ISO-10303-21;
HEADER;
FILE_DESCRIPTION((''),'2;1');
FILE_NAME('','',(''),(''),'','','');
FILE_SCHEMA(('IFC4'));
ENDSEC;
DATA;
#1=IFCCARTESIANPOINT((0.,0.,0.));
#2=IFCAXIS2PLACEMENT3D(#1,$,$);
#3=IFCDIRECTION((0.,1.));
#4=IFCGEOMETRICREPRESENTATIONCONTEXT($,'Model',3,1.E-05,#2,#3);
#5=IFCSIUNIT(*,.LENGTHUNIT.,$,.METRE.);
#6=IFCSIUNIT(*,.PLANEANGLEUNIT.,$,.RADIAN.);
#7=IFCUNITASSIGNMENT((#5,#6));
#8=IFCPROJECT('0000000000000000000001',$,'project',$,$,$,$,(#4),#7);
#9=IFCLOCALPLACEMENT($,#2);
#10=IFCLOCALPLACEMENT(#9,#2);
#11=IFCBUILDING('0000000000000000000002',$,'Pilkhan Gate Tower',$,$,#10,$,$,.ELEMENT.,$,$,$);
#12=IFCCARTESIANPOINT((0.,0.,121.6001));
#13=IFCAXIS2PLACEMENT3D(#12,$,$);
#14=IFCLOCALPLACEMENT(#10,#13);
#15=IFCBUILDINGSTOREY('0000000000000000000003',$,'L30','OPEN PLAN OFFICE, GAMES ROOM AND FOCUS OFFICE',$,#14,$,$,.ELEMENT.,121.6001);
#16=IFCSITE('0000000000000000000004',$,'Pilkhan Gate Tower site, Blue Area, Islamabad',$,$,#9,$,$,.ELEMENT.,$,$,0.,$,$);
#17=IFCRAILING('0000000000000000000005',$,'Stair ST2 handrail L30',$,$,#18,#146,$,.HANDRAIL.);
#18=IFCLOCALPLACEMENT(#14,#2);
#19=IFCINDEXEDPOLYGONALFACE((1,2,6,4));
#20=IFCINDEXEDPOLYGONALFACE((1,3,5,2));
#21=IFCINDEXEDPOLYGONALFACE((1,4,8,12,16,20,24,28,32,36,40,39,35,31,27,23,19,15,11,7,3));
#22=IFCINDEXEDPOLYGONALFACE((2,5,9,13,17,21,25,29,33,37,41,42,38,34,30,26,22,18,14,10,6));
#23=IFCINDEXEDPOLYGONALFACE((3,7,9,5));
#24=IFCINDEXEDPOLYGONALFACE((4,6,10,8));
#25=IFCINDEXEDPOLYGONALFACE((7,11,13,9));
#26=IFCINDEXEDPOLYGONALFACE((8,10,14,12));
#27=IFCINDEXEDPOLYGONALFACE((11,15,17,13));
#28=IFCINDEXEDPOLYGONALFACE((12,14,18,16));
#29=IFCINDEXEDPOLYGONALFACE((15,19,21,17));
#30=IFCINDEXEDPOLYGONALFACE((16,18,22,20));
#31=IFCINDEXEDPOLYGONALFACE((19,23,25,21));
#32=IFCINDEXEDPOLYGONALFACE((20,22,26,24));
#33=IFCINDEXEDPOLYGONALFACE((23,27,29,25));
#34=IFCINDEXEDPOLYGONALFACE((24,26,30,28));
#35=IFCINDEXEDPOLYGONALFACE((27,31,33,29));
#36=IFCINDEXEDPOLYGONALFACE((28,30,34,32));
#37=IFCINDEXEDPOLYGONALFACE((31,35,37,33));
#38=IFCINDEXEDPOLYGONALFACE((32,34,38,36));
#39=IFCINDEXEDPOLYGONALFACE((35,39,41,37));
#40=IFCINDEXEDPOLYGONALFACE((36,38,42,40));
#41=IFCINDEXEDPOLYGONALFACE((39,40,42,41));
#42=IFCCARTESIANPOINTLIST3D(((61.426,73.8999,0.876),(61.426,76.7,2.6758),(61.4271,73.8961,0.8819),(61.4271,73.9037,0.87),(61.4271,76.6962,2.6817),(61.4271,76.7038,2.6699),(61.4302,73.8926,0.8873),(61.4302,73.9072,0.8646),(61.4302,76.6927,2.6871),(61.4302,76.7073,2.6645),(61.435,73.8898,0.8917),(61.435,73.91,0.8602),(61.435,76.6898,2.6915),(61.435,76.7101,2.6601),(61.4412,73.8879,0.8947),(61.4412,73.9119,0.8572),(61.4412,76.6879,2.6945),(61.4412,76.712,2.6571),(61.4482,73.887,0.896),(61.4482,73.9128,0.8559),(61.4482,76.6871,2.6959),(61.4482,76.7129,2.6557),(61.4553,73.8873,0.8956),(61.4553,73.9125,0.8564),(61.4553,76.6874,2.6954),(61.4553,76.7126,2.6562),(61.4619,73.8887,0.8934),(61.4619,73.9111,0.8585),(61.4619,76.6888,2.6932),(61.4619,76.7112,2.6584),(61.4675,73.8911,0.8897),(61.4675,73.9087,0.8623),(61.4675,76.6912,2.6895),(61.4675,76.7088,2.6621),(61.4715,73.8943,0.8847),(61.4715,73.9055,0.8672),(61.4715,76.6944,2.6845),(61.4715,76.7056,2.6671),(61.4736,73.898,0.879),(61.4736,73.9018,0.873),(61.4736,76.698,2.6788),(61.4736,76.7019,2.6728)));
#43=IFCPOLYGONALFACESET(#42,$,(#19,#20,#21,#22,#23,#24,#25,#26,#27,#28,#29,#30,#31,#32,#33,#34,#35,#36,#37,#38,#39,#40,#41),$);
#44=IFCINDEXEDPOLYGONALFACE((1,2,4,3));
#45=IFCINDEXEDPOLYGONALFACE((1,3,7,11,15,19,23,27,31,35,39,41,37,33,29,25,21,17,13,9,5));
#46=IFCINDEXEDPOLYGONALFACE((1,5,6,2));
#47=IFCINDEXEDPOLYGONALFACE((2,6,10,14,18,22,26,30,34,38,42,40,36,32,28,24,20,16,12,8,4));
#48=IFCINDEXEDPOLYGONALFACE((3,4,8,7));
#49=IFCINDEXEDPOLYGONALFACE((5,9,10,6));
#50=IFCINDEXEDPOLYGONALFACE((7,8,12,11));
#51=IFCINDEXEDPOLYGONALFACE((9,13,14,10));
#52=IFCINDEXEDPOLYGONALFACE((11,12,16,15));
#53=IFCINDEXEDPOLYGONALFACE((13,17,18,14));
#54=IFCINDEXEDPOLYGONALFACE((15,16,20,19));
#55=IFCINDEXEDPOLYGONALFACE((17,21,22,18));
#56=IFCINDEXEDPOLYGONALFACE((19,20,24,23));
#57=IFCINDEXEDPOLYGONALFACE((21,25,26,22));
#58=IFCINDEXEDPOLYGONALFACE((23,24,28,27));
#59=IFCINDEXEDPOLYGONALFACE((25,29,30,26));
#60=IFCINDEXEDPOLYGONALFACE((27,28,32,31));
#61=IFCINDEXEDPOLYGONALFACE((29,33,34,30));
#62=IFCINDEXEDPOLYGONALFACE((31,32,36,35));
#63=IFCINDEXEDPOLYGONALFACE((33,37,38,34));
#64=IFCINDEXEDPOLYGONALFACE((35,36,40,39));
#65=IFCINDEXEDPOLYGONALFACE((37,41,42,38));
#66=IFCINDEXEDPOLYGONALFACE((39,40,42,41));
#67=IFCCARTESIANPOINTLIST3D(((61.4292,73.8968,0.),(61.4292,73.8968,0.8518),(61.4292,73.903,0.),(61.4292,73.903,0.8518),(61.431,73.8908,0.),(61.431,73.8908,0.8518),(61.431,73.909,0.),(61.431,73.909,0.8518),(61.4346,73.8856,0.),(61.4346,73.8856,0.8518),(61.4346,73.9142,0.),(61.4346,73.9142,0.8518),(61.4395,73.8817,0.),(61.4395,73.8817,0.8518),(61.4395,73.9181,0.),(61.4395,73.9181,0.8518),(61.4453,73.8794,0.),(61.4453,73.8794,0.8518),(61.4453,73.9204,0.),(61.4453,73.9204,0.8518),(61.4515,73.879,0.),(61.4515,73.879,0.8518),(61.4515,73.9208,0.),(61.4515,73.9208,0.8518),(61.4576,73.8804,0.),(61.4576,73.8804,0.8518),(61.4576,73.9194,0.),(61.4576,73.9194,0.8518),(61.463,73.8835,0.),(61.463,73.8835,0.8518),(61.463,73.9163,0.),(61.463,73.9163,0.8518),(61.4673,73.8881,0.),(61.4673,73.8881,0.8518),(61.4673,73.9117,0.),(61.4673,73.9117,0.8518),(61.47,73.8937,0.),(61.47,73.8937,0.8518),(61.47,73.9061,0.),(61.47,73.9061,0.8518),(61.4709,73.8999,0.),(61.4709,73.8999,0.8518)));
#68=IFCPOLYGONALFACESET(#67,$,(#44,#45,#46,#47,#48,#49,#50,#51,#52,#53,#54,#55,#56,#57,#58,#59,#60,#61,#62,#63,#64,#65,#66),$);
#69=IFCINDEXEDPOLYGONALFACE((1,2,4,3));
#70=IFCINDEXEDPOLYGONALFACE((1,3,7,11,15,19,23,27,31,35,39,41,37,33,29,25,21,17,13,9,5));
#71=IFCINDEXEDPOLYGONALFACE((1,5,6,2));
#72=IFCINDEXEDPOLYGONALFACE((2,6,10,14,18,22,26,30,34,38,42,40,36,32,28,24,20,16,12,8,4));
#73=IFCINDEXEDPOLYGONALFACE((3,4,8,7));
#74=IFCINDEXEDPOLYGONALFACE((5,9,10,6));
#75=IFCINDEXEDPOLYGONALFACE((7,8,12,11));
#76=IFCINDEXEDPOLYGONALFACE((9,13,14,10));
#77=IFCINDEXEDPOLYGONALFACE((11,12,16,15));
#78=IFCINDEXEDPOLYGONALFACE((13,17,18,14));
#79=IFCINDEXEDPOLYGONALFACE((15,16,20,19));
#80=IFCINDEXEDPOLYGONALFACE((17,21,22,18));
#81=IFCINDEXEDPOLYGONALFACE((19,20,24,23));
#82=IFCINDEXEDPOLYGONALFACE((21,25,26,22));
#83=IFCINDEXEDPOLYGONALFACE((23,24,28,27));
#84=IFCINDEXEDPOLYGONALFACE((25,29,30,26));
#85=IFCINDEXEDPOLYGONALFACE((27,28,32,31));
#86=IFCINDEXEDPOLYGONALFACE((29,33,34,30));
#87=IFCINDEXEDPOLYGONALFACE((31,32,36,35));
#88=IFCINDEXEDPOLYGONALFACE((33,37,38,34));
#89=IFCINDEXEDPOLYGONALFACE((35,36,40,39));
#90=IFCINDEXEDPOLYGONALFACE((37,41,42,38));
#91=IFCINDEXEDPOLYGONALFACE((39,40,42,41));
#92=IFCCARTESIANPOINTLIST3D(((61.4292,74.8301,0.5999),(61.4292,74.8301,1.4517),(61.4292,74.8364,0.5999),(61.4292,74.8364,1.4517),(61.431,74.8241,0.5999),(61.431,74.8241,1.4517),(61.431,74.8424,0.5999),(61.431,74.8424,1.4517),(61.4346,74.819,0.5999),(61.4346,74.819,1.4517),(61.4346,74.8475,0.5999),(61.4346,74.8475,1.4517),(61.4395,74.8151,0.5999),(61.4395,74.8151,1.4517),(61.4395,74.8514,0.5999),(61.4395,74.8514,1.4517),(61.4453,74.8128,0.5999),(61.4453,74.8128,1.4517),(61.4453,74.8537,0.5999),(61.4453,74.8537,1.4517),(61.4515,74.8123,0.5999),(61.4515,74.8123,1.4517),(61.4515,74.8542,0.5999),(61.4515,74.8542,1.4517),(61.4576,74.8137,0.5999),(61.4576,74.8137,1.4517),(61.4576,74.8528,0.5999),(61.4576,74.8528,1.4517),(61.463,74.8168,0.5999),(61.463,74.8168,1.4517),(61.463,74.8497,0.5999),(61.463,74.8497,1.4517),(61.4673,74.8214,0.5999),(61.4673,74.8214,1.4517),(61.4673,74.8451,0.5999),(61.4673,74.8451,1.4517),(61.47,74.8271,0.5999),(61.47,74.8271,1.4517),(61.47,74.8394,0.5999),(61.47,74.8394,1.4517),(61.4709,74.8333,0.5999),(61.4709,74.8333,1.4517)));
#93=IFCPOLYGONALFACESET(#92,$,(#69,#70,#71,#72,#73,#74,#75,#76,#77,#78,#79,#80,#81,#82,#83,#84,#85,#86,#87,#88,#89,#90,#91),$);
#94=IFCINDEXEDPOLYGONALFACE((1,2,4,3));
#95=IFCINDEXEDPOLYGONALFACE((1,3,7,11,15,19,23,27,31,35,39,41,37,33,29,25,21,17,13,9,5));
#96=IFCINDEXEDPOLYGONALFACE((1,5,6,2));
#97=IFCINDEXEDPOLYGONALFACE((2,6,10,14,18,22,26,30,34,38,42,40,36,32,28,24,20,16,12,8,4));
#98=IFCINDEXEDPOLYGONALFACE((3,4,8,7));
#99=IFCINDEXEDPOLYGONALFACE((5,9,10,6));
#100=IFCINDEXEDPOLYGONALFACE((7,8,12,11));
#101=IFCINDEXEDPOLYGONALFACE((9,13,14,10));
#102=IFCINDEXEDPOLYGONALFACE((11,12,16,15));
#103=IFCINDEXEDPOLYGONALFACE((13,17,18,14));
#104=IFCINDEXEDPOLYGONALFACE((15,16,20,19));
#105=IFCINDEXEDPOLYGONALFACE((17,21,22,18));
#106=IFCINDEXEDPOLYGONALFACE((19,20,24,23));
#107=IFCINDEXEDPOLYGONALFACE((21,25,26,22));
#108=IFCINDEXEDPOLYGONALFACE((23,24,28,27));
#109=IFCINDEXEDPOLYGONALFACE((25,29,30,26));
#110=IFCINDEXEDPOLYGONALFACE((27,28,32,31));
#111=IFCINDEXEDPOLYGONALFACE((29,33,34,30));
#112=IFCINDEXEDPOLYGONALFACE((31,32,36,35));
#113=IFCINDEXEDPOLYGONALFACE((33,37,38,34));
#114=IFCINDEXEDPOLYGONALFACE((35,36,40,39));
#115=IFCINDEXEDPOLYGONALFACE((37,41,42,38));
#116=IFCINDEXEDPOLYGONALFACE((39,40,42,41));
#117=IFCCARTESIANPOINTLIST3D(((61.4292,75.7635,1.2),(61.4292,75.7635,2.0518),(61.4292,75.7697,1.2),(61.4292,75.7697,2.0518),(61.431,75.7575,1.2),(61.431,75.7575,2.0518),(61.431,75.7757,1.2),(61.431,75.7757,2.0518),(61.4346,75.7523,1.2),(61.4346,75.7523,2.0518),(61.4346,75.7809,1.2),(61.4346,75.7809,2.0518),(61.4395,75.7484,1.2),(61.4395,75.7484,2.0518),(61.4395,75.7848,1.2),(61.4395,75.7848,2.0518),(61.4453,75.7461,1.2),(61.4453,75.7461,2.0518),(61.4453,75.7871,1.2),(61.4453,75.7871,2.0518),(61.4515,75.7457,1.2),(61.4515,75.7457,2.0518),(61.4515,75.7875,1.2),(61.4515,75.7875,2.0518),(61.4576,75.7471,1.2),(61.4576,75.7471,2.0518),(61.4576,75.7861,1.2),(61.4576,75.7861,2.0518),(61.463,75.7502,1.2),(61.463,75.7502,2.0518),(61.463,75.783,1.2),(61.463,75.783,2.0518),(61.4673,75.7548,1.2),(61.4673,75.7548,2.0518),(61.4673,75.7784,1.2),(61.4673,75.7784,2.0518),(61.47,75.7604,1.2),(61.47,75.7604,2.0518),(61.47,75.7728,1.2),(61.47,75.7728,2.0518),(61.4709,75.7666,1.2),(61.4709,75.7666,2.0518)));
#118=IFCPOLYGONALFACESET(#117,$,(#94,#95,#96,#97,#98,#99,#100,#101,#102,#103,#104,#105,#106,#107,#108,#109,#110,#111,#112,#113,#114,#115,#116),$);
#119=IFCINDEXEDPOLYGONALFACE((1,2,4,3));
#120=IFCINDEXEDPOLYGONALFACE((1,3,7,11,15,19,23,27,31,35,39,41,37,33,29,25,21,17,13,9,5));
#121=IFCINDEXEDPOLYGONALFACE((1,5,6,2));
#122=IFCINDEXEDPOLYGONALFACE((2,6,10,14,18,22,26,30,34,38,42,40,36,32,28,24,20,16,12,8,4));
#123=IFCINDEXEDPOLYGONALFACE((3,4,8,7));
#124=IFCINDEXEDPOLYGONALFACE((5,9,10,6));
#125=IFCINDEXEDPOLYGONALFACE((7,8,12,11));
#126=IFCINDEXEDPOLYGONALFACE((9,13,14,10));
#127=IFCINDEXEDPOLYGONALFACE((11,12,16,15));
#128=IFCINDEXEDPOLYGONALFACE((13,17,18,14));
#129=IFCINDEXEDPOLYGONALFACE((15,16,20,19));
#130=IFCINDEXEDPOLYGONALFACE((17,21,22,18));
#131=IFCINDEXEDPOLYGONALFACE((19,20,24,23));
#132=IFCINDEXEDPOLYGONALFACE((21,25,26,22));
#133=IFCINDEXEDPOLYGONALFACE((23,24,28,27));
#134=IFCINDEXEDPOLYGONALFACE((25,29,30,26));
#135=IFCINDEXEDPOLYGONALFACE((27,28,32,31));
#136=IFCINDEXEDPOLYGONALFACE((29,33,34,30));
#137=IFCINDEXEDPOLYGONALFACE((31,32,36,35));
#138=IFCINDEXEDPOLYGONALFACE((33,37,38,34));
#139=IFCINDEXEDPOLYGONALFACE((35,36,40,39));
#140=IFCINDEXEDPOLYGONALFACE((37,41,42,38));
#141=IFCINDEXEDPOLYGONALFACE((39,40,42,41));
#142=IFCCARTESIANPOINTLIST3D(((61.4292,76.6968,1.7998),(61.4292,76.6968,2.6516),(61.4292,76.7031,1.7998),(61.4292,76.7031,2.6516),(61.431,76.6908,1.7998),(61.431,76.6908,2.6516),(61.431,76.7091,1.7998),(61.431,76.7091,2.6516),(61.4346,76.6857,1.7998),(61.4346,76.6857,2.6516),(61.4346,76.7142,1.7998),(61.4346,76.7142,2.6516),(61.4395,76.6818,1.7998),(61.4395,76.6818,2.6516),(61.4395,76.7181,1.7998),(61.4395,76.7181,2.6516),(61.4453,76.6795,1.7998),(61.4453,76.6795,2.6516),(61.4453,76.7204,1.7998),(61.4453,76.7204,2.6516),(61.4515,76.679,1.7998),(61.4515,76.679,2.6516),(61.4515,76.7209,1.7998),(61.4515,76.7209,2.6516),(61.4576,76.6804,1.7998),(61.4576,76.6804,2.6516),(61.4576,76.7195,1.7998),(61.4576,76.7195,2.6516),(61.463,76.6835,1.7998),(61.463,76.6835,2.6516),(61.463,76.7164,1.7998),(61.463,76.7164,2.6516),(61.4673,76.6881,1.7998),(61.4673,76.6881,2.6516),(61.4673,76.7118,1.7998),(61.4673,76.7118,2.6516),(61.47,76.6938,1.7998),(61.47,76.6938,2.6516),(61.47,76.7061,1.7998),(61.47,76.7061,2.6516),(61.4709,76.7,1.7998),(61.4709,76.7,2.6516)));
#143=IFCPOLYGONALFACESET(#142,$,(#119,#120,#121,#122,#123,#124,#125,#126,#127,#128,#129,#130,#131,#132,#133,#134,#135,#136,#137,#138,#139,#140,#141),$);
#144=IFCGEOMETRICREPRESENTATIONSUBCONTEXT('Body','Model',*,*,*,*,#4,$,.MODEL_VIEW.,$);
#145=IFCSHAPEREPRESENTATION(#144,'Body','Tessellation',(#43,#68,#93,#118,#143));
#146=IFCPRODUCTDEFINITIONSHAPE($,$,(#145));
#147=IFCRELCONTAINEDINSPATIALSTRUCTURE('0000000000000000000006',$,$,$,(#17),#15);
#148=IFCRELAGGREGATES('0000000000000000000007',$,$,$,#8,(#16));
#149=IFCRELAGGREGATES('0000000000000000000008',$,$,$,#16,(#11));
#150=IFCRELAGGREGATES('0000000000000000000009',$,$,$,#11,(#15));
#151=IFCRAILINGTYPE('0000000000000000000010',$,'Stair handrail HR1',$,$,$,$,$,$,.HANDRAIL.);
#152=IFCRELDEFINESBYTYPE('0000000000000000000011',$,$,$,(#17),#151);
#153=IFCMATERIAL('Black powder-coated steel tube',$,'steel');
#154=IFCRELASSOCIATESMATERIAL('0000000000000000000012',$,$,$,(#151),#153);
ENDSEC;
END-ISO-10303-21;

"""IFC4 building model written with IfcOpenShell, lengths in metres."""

from ifc_helpers import new_model, si_unit, direction, frame, origin, origin_2d, place, context, subcontext, project, spatial, circle, extrude, material, type_object, element, save


model = new_model("IFC4")

# Units and contexts
model_context = context("Model", 3, precision=1e-05, world=origin(), true_north=direction((0.0, 1.0)))
body_context = subcontext(model_context, "Body", "Model", "MODEL_VIEW")
ifc_project = project(units=[si_unit("LENGTHUNIT", "METRE"), si_unit("PLANEANGLEUNIT", "RADIAN")], contexts=[model_context])

# Site, building, storey
site_placement = place(None, origin())
site = spatial("IfcSite", under=ifc_project, at=site_placement, Name="Pilkhan Gate Tower site, Blue Area, Islamabad", CompositionType="ELEMENT", RefElevation=0.0)
building_placement = place(site_placement, origin())
building = spatial("IfcBuilding", under=site, at=building_placement, Name="Pilkhan Gate Tower", CompositionType="ELEMENT")
storey_placement = place(building_placement, frame((0.0, 0.0, 121.6001)))
storey = spatial("IfcBuildingStorey", under=building, at=storey_placement, Name="L30", Description="OPEN PLAN OFFICE, GAMES ROOM AND FOCUS OFFICE", CompositionType="ELEMENT", Elevation=121.6001)

# Railing
ifc_material_1 = material(Name="Black powder-coated steel tube", Category="steel")
railing_type_1 = type_object("IfcRailingType", Name="Stair handrail HR1", PredefinedType="HANDRAIL", material=ifc_material_1)
railing_1_placement = place(storey_placement, frame((61.45, 73.8999, 0.0)))
element("IfcRailing", 1, at=railing_1_placement, inside=storey, type_object=railing_type_1, Name="Stair ST2 handrail L30", PredefinedType="HANDRAIL", context=body_context, shape_type="SweptSolid", body=[
    extrude(circle(Radius=0.0239, at=origin_2d()), frame((0.0, 0.0, 0.876), z_axis=(0.0, 0.841209, 0.540709), x_axis=(-1.0, 0.0, 0.0)), (0.0, 0.0, 1.0), 3.3286),
    extrude(circle(Radius=0.021, at=origin_2d()), origin(), (0.0, 0.0, 1.0), 0.8518),
    extrude(circle(Radius=0.021, at=origin_2d()), frame((0.0, 0.9333, 0.5999)), (0.0, 0.0, 1.0), 0.8518),
    extrude(circle(Radius=0.021, at=origin_2d()), frame((0.0, 1.8667, 1.2)), (0.0, 0.0, 1.0), 0.8518),
    extrude(circle(Radius=0.021, at=origin_2d()), frame((0.0, 2.8, 1.7998)), (0.0, 0.0, 1.0), 0.8518),
])

save(model, "model.ifc")
